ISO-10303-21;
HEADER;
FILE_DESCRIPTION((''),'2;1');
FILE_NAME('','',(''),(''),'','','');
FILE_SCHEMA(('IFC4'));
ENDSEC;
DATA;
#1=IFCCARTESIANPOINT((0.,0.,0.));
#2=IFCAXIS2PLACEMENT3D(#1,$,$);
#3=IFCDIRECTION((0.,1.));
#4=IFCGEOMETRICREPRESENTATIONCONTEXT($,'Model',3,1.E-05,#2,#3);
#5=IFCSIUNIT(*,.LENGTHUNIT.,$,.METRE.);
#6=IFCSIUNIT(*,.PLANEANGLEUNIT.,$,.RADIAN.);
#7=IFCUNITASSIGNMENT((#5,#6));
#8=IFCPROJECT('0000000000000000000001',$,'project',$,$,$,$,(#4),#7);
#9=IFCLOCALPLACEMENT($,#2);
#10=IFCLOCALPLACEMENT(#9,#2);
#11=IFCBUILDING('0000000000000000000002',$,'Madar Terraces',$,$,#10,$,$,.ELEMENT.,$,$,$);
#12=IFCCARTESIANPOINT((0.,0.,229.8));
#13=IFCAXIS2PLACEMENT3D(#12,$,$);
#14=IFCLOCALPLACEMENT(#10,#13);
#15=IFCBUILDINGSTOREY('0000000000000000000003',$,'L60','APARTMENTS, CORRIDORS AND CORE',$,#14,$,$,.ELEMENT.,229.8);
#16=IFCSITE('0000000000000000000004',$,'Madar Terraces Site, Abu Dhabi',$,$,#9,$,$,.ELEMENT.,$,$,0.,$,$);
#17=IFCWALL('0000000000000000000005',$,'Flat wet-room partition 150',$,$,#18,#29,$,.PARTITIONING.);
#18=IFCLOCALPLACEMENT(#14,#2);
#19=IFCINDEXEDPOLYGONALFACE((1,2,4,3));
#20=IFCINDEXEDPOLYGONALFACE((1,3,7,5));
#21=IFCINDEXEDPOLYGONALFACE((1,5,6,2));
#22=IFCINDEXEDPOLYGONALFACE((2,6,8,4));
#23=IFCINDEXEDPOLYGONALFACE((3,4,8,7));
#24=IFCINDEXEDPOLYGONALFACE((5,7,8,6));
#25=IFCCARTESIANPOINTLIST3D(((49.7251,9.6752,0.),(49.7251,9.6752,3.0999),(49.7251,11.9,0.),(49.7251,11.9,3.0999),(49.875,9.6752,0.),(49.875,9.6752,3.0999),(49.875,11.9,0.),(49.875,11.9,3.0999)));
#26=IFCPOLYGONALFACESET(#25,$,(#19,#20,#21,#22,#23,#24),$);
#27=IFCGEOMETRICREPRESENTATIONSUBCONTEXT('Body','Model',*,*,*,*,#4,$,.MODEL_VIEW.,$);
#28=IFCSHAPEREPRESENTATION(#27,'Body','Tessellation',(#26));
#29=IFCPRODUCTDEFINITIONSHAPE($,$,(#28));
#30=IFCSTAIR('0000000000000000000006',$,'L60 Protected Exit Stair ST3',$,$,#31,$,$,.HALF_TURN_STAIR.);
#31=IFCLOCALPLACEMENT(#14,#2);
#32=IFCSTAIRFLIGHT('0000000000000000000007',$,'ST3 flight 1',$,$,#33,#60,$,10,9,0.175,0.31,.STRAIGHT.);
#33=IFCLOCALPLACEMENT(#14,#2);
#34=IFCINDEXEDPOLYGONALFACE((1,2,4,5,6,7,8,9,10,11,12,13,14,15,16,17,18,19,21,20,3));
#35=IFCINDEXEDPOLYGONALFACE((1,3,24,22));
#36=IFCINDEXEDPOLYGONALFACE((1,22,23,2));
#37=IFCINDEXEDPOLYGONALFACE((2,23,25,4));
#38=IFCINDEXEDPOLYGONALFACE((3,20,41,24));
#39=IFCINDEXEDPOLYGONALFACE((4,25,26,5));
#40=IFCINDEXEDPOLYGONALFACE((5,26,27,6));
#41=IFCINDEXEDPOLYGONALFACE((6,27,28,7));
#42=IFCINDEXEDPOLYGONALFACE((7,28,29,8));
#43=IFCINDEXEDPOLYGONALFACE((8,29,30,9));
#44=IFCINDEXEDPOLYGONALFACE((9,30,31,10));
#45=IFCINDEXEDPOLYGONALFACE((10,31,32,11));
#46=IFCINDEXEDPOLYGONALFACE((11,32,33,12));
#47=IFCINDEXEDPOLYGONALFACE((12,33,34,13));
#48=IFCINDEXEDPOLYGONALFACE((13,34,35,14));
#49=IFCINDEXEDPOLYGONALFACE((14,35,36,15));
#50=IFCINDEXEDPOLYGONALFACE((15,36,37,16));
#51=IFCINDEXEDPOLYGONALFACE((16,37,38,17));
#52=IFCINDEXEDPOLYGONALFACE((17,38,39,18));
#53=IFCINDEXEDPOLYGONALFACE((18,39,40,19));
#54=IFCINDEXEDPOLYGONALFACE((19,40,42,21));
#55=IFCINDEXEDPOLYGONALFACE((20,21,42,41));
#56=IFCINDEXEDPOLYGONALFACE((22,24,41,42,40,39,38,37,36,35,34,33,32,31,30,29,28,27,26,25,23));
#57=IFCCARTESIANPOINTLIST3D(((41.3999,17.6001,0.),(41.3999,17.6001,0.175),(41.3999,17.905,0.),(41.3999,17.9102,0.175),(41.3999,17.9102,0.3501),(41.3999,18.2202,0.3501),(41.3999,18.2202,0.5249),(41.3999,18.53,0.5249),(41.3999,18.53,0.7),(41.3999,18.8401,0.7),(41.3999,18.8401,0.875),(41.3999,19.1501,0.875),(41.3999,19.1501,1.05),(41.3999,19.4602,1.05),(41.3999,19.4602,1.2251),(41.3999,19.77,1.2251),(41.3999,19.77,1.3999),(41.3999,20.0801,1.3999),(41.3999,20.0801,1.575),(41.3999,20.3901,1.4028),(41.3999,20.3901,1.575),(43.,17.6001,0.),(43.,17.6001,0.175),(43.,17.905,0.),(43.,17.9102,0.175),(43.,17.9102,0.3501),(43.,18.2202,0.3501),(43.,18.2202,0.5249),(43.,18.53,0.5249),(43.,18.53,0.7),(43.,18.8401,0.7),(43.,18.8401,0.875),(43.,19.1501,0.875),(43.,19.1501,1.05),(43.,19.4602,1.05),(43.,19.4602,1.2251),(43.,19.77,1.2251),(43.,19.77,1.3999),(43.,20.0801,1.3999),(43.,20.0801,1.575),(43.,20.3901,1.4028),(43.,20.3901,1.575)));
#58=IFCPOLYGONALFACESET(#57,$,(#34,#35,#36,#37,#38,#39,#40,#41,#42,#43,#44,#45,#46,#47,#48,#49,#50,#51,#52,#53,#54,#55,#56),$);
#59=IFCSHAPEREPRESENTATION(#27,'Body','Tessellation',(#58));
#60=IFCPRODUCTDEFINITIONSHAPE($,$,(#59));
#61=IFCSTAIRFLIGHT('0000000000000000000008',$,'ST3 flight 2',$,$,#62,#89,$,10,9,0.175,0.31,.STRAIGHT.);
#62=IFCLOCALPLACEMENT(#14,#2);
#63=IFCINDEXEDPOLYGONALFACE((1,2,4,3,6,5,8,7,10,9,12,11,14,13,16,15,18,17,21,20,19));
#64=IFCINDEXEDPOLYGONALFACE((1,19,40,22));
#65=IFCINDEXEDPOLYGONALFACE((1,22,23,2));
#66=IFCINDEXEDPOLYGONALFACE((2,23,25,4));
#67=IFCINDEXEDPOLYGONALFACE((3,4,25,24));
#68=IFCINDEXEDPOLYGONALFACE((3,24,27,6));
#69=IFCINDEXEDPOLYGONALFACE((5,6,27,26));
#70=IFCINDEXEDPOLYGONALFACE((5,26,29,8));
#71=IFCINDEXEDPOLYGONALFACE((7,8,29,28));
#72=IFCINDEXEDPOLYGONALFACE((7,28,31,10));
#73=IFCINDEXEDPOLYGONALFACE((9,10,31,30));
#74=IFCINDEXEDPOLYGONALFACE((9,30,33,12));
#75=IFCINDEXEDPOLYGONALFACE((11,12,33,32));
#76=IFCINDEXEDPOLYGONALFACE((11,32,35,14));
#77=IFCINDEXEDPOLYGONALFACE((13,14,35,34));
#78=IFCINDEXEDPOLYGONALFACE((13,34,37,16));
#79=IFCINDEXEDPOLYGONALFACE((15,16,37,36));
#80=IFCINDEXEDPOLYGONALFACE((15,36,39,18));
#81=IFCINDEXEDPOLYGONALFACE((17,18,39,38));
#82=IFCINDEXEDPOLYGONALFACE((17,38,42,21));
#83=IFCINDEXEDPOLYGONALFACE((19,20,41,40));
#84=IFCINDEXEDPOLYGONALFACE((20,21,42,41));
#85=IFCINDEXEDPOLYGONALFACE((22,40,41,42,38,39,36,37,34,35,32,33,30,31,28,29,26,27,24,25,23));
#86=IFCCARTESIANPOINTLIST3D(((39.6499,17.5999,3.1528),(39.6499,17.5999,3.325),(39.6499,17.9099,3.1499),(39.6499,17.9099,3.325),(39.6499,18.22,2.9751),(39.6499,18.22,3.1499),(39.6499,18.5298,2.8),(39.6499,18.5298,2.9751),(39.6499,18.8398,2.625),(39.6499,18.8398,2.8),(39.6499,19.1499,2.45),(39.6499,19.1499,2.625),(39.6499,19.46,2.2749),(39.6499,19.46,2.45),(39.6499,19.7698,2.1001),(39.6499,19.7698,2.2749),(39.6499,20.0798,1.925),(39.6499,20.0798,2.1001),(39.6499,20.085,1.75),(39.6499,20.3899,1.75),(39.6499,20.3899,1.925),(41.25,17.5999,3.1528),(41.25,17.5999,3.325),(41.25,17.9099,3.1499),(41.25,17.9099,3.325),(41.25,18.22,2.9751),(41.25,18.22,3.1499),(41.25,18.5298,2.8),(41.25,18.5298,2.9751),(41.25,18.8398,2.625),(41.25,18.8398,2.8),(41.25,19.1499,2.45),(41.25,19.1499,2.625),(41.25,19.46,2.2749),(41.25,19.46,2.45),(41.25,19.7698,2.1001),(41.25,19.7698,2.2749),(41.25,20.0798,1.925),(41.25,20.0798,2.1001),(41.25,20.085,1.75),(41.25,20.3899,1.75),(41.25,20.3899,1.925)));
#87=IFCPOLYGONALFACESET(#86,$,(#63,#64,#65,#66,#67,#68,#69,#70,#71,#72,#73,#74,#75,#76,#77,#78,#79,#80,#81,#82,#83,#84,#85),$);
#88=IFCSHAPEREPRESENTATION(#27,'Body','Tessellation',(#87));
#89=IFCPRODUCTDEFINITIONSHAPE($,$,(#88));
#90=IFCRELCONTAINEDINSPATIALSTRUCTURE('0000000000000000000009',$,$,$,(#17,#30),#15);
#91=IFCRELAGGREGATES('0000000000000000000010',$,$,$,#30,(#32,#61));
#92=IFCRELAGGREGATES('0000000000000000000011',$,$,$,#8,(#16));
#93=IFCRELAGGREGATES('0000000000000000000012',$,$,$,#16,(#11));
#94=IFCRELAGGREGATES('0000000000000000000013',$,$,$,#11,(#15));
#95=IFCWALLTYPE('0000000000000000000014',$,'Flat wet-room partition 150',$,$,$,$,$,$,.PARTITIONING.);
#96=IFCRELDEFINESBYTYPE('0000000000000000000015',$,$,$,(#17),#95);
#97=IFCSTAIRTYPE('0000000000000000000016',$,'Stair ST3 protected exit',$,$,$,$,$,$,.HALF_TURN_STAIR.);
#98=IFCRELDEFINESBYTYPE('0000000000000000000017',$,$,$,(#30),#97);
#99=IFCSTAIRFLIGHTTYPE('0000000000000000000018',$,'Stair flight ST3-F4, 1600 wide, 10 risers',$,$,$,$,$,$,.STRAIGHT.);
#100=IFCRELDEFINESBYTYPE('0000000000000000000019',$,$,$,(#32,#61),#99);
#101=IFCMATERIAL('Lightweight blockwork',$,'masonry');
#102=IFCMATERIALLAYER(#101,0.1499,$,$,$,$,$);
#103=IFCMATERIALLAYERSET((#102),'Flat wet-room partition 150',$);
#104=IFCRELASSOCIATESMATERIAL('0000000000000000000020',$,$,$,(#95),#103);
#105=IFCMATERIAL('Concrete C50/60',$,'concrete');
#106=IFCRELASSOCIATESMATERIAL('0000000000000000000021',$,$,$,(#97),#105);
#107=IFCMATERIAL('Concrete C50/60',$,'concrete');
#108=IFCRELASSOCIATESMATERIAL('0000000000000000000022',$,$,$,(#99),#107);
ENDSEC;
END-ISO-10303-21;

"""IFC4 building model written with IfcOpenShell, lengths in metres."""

from ifc_helpers import new_model, si_unit, direction, frame, frame_2d, origin, place, context, subcontext, project, spatial, polyline, rectangle, outline, extrude, material, layer, layer_set, type_object, element, aggregate, save


model = new_model("IFC4")

# Units and contexts
model_context = context("Model", 3, precision=1e-05, world=origin(), true_north=direction((0.0, 1.0)))
body_context = subcontext(model_context, "Body", "Model", "MODEL_VIEW")
ifc_project = project(units=[si_unit("LENGTHUNIT", "METRE"), si_unit("PLANEANGLEUNIT", "RADIAN")], contexts=[model_context])

# Site, building, storey
site_placement = place(None, origin())
site = spatial("IfcSite", under=ifc_project, at=site_placement, Name="Madar Terraces Site, Abu Dhabi", CompositionType="ELEMENT", RefElevation=0.0)
building_placement = place(site_placement, origin())
building = spatial("IfcBuilding", under=site, at=building_placement, Name="Madar Terraces", CompositionType="ELEMENT")
storey_placement = place(building_placement, frame((0.0, 0.0, 229.8)))
storey = spatial("IfcBuildingStorey", under=building, at=storey_placement, Name="L60", Description="APARTMENTS, CORRIDORS AND CORE", CompositionType="ELEMENT", Elevation=229.8)

# Wall
ifc_material_1 = material(Name="Lightweight blockwork", Category="masonry")
ifc_layer_1 = layer(ifc_material_1, 0.1499)
ifc_layer_set_1 = layer_set([ifc_layer_1], Name="Flat wet-room partition 150")
wall_type_1 = type_object("IfcWallType", Name="Flat wet-room partition 150", PredefinedType="PARTITIONING", material=ifc_layer_set_1)
wall_1_placement = place(storey_placement, frame((49.8, 11.8999, 0.0), z_axis=(0.0, 0.0, 1.0), x_axis=(0.0, -1.0, 0.0)))
element("IfcWall", 1, at=wall_1_placement, inside=storey, type_object=wall_type_1, Name="Flat wet-room partition 150", PredefinedType="PARTITIONING", context=body_context, shape_type="SweptSolid", body=[
    extrude(rectangle(XDim=2.2249, YDim=0.1499, at=frame_2d((1.1123, 0.0))), origin(), (0.0, 0.0, 1.0), 3.0999),
])

# Stair, stair flights
ifc_material_2 = material(Name="Concrete C50/60", Category="concrete")
stair_type = type_object("IfcStairType", Name="Stair ST3 protected exit", PredefinedType="HALF_TURN_STAIR", material=ifc_material_2)
stair_placement = place(storey_placement, origin())
stair = element("IfcStair", 2, at=stair_placement, inside=storey, type_object=stair_type, Name="L60 Protected Exit Stair ST3", PredefinedType="HALF_TURN_STAIR")
ifc_material_3 = material(Name="Concrete C50/60", Category="concrete")
stair_flight_type = type_object("IfcStairFlightType", Name="Stair flight ST3-F4, 1600 wide, 10 risers", PredefinedType="STRAIGHT", material=ifc_material_3)
stair_flight_1_placement = place(storey_placement, frame((42.2, 17.6001, 0.0), z_axis=(0.0, 0.0, 1.0), x_axis=(0.0, 1.0, 0.0)))
stair_flight_1 = element("IfcStairFlight", 3, at=stair_flight_1_placement, type_object=stair_flight_type, Name="ST3 flight 1", NumberOfRisers=10, NumberOfTreads=9, PredefinedType="STRAIGHT", RiserHeight=0.175, TreadLength=0.31, context=body_context, shape_type="SweptSolid", body=[
    extrude(outline(polyline([(0.0, 0.0), (0.0, 0.175), (0.3101, 0.175), (0.3101, 0.3501), (0.6201, 0.3501), (0.6201, 0.5249), (0.9299, 0.5249), (0.9299, 0.7), (1.24, 0.7), (1.24, 0.875), (1.55, 0.875), (1.55, 1.05), (1.8601, 1.05), (1.8601, 1.2251), (2.1699, 1.2251), (2.1699, 1.3999), (2.48, 1.3999), (2.48, 1.575), (2.79, 1.575), (2.79, 1.75), (2.79, 1.4028), (0.3049, 0.0), (0.0, 0.0)])), frame((0.0, 0.8, 0.0), z_axis=(0.0, -1.0, 0.0), x_axis=(1.0, 0.0, 0.0)), (0.0, 0.0, 1.0), 1.6001),
])
stair_flight_2_placement = place(storey_placement, frame((40.45, 20.3899, 1.75), z_axis=(0.0, 0.0, 1.0), x_axis=(0.0, -1.0, 0.0)))
stair_flight_2 = element("IfcStairFlight", 4, at=stair_flight_2_placement, type_object=stair_flight_type, Name="ST3 flight 2", NumberOfRisers=10, NumberOfTreads=9, PredefinedType="STRAIGHT", RiserHeight=0.175, TreadLength=0.31, context=body_context, shape_type="SweptSolid", body=[
    extrude(outline(polyline([(0.0, 0.0), (0.0, 0.175), (0.3101, 0.175), (0.3101, 0.3501), (0.6201, 0.3501), (0.6201, 0.5249), (0.9299, 0.5249), (0.9299, 0.7), (1.24, 0.7), (1.24, 0.875), (1.55, 0.875), (1.55, 1.05), (1.8601, 1.05), (1.8601, 1.2251), (2.1699, 1.2251), (2.1699, 1.3999), (2.48, 1.3999), (2.48, 1.575), (2.79, 1.575), (2.79, 1.75), (2.79, 1.4028), (0.3049, 0.0), (0.0, 0.0)])), frame((0.0, 0.8, 0.0), z_axis=(0.0, -1.0, 0.0), x_axis=(1.0, 0.0, 0.0)), (0.0, 0.0, 1.0), 1.6001),
])
aggregate(stair, [stair_flight_1, stair_flight_2])

save(model, "model.ifc")
